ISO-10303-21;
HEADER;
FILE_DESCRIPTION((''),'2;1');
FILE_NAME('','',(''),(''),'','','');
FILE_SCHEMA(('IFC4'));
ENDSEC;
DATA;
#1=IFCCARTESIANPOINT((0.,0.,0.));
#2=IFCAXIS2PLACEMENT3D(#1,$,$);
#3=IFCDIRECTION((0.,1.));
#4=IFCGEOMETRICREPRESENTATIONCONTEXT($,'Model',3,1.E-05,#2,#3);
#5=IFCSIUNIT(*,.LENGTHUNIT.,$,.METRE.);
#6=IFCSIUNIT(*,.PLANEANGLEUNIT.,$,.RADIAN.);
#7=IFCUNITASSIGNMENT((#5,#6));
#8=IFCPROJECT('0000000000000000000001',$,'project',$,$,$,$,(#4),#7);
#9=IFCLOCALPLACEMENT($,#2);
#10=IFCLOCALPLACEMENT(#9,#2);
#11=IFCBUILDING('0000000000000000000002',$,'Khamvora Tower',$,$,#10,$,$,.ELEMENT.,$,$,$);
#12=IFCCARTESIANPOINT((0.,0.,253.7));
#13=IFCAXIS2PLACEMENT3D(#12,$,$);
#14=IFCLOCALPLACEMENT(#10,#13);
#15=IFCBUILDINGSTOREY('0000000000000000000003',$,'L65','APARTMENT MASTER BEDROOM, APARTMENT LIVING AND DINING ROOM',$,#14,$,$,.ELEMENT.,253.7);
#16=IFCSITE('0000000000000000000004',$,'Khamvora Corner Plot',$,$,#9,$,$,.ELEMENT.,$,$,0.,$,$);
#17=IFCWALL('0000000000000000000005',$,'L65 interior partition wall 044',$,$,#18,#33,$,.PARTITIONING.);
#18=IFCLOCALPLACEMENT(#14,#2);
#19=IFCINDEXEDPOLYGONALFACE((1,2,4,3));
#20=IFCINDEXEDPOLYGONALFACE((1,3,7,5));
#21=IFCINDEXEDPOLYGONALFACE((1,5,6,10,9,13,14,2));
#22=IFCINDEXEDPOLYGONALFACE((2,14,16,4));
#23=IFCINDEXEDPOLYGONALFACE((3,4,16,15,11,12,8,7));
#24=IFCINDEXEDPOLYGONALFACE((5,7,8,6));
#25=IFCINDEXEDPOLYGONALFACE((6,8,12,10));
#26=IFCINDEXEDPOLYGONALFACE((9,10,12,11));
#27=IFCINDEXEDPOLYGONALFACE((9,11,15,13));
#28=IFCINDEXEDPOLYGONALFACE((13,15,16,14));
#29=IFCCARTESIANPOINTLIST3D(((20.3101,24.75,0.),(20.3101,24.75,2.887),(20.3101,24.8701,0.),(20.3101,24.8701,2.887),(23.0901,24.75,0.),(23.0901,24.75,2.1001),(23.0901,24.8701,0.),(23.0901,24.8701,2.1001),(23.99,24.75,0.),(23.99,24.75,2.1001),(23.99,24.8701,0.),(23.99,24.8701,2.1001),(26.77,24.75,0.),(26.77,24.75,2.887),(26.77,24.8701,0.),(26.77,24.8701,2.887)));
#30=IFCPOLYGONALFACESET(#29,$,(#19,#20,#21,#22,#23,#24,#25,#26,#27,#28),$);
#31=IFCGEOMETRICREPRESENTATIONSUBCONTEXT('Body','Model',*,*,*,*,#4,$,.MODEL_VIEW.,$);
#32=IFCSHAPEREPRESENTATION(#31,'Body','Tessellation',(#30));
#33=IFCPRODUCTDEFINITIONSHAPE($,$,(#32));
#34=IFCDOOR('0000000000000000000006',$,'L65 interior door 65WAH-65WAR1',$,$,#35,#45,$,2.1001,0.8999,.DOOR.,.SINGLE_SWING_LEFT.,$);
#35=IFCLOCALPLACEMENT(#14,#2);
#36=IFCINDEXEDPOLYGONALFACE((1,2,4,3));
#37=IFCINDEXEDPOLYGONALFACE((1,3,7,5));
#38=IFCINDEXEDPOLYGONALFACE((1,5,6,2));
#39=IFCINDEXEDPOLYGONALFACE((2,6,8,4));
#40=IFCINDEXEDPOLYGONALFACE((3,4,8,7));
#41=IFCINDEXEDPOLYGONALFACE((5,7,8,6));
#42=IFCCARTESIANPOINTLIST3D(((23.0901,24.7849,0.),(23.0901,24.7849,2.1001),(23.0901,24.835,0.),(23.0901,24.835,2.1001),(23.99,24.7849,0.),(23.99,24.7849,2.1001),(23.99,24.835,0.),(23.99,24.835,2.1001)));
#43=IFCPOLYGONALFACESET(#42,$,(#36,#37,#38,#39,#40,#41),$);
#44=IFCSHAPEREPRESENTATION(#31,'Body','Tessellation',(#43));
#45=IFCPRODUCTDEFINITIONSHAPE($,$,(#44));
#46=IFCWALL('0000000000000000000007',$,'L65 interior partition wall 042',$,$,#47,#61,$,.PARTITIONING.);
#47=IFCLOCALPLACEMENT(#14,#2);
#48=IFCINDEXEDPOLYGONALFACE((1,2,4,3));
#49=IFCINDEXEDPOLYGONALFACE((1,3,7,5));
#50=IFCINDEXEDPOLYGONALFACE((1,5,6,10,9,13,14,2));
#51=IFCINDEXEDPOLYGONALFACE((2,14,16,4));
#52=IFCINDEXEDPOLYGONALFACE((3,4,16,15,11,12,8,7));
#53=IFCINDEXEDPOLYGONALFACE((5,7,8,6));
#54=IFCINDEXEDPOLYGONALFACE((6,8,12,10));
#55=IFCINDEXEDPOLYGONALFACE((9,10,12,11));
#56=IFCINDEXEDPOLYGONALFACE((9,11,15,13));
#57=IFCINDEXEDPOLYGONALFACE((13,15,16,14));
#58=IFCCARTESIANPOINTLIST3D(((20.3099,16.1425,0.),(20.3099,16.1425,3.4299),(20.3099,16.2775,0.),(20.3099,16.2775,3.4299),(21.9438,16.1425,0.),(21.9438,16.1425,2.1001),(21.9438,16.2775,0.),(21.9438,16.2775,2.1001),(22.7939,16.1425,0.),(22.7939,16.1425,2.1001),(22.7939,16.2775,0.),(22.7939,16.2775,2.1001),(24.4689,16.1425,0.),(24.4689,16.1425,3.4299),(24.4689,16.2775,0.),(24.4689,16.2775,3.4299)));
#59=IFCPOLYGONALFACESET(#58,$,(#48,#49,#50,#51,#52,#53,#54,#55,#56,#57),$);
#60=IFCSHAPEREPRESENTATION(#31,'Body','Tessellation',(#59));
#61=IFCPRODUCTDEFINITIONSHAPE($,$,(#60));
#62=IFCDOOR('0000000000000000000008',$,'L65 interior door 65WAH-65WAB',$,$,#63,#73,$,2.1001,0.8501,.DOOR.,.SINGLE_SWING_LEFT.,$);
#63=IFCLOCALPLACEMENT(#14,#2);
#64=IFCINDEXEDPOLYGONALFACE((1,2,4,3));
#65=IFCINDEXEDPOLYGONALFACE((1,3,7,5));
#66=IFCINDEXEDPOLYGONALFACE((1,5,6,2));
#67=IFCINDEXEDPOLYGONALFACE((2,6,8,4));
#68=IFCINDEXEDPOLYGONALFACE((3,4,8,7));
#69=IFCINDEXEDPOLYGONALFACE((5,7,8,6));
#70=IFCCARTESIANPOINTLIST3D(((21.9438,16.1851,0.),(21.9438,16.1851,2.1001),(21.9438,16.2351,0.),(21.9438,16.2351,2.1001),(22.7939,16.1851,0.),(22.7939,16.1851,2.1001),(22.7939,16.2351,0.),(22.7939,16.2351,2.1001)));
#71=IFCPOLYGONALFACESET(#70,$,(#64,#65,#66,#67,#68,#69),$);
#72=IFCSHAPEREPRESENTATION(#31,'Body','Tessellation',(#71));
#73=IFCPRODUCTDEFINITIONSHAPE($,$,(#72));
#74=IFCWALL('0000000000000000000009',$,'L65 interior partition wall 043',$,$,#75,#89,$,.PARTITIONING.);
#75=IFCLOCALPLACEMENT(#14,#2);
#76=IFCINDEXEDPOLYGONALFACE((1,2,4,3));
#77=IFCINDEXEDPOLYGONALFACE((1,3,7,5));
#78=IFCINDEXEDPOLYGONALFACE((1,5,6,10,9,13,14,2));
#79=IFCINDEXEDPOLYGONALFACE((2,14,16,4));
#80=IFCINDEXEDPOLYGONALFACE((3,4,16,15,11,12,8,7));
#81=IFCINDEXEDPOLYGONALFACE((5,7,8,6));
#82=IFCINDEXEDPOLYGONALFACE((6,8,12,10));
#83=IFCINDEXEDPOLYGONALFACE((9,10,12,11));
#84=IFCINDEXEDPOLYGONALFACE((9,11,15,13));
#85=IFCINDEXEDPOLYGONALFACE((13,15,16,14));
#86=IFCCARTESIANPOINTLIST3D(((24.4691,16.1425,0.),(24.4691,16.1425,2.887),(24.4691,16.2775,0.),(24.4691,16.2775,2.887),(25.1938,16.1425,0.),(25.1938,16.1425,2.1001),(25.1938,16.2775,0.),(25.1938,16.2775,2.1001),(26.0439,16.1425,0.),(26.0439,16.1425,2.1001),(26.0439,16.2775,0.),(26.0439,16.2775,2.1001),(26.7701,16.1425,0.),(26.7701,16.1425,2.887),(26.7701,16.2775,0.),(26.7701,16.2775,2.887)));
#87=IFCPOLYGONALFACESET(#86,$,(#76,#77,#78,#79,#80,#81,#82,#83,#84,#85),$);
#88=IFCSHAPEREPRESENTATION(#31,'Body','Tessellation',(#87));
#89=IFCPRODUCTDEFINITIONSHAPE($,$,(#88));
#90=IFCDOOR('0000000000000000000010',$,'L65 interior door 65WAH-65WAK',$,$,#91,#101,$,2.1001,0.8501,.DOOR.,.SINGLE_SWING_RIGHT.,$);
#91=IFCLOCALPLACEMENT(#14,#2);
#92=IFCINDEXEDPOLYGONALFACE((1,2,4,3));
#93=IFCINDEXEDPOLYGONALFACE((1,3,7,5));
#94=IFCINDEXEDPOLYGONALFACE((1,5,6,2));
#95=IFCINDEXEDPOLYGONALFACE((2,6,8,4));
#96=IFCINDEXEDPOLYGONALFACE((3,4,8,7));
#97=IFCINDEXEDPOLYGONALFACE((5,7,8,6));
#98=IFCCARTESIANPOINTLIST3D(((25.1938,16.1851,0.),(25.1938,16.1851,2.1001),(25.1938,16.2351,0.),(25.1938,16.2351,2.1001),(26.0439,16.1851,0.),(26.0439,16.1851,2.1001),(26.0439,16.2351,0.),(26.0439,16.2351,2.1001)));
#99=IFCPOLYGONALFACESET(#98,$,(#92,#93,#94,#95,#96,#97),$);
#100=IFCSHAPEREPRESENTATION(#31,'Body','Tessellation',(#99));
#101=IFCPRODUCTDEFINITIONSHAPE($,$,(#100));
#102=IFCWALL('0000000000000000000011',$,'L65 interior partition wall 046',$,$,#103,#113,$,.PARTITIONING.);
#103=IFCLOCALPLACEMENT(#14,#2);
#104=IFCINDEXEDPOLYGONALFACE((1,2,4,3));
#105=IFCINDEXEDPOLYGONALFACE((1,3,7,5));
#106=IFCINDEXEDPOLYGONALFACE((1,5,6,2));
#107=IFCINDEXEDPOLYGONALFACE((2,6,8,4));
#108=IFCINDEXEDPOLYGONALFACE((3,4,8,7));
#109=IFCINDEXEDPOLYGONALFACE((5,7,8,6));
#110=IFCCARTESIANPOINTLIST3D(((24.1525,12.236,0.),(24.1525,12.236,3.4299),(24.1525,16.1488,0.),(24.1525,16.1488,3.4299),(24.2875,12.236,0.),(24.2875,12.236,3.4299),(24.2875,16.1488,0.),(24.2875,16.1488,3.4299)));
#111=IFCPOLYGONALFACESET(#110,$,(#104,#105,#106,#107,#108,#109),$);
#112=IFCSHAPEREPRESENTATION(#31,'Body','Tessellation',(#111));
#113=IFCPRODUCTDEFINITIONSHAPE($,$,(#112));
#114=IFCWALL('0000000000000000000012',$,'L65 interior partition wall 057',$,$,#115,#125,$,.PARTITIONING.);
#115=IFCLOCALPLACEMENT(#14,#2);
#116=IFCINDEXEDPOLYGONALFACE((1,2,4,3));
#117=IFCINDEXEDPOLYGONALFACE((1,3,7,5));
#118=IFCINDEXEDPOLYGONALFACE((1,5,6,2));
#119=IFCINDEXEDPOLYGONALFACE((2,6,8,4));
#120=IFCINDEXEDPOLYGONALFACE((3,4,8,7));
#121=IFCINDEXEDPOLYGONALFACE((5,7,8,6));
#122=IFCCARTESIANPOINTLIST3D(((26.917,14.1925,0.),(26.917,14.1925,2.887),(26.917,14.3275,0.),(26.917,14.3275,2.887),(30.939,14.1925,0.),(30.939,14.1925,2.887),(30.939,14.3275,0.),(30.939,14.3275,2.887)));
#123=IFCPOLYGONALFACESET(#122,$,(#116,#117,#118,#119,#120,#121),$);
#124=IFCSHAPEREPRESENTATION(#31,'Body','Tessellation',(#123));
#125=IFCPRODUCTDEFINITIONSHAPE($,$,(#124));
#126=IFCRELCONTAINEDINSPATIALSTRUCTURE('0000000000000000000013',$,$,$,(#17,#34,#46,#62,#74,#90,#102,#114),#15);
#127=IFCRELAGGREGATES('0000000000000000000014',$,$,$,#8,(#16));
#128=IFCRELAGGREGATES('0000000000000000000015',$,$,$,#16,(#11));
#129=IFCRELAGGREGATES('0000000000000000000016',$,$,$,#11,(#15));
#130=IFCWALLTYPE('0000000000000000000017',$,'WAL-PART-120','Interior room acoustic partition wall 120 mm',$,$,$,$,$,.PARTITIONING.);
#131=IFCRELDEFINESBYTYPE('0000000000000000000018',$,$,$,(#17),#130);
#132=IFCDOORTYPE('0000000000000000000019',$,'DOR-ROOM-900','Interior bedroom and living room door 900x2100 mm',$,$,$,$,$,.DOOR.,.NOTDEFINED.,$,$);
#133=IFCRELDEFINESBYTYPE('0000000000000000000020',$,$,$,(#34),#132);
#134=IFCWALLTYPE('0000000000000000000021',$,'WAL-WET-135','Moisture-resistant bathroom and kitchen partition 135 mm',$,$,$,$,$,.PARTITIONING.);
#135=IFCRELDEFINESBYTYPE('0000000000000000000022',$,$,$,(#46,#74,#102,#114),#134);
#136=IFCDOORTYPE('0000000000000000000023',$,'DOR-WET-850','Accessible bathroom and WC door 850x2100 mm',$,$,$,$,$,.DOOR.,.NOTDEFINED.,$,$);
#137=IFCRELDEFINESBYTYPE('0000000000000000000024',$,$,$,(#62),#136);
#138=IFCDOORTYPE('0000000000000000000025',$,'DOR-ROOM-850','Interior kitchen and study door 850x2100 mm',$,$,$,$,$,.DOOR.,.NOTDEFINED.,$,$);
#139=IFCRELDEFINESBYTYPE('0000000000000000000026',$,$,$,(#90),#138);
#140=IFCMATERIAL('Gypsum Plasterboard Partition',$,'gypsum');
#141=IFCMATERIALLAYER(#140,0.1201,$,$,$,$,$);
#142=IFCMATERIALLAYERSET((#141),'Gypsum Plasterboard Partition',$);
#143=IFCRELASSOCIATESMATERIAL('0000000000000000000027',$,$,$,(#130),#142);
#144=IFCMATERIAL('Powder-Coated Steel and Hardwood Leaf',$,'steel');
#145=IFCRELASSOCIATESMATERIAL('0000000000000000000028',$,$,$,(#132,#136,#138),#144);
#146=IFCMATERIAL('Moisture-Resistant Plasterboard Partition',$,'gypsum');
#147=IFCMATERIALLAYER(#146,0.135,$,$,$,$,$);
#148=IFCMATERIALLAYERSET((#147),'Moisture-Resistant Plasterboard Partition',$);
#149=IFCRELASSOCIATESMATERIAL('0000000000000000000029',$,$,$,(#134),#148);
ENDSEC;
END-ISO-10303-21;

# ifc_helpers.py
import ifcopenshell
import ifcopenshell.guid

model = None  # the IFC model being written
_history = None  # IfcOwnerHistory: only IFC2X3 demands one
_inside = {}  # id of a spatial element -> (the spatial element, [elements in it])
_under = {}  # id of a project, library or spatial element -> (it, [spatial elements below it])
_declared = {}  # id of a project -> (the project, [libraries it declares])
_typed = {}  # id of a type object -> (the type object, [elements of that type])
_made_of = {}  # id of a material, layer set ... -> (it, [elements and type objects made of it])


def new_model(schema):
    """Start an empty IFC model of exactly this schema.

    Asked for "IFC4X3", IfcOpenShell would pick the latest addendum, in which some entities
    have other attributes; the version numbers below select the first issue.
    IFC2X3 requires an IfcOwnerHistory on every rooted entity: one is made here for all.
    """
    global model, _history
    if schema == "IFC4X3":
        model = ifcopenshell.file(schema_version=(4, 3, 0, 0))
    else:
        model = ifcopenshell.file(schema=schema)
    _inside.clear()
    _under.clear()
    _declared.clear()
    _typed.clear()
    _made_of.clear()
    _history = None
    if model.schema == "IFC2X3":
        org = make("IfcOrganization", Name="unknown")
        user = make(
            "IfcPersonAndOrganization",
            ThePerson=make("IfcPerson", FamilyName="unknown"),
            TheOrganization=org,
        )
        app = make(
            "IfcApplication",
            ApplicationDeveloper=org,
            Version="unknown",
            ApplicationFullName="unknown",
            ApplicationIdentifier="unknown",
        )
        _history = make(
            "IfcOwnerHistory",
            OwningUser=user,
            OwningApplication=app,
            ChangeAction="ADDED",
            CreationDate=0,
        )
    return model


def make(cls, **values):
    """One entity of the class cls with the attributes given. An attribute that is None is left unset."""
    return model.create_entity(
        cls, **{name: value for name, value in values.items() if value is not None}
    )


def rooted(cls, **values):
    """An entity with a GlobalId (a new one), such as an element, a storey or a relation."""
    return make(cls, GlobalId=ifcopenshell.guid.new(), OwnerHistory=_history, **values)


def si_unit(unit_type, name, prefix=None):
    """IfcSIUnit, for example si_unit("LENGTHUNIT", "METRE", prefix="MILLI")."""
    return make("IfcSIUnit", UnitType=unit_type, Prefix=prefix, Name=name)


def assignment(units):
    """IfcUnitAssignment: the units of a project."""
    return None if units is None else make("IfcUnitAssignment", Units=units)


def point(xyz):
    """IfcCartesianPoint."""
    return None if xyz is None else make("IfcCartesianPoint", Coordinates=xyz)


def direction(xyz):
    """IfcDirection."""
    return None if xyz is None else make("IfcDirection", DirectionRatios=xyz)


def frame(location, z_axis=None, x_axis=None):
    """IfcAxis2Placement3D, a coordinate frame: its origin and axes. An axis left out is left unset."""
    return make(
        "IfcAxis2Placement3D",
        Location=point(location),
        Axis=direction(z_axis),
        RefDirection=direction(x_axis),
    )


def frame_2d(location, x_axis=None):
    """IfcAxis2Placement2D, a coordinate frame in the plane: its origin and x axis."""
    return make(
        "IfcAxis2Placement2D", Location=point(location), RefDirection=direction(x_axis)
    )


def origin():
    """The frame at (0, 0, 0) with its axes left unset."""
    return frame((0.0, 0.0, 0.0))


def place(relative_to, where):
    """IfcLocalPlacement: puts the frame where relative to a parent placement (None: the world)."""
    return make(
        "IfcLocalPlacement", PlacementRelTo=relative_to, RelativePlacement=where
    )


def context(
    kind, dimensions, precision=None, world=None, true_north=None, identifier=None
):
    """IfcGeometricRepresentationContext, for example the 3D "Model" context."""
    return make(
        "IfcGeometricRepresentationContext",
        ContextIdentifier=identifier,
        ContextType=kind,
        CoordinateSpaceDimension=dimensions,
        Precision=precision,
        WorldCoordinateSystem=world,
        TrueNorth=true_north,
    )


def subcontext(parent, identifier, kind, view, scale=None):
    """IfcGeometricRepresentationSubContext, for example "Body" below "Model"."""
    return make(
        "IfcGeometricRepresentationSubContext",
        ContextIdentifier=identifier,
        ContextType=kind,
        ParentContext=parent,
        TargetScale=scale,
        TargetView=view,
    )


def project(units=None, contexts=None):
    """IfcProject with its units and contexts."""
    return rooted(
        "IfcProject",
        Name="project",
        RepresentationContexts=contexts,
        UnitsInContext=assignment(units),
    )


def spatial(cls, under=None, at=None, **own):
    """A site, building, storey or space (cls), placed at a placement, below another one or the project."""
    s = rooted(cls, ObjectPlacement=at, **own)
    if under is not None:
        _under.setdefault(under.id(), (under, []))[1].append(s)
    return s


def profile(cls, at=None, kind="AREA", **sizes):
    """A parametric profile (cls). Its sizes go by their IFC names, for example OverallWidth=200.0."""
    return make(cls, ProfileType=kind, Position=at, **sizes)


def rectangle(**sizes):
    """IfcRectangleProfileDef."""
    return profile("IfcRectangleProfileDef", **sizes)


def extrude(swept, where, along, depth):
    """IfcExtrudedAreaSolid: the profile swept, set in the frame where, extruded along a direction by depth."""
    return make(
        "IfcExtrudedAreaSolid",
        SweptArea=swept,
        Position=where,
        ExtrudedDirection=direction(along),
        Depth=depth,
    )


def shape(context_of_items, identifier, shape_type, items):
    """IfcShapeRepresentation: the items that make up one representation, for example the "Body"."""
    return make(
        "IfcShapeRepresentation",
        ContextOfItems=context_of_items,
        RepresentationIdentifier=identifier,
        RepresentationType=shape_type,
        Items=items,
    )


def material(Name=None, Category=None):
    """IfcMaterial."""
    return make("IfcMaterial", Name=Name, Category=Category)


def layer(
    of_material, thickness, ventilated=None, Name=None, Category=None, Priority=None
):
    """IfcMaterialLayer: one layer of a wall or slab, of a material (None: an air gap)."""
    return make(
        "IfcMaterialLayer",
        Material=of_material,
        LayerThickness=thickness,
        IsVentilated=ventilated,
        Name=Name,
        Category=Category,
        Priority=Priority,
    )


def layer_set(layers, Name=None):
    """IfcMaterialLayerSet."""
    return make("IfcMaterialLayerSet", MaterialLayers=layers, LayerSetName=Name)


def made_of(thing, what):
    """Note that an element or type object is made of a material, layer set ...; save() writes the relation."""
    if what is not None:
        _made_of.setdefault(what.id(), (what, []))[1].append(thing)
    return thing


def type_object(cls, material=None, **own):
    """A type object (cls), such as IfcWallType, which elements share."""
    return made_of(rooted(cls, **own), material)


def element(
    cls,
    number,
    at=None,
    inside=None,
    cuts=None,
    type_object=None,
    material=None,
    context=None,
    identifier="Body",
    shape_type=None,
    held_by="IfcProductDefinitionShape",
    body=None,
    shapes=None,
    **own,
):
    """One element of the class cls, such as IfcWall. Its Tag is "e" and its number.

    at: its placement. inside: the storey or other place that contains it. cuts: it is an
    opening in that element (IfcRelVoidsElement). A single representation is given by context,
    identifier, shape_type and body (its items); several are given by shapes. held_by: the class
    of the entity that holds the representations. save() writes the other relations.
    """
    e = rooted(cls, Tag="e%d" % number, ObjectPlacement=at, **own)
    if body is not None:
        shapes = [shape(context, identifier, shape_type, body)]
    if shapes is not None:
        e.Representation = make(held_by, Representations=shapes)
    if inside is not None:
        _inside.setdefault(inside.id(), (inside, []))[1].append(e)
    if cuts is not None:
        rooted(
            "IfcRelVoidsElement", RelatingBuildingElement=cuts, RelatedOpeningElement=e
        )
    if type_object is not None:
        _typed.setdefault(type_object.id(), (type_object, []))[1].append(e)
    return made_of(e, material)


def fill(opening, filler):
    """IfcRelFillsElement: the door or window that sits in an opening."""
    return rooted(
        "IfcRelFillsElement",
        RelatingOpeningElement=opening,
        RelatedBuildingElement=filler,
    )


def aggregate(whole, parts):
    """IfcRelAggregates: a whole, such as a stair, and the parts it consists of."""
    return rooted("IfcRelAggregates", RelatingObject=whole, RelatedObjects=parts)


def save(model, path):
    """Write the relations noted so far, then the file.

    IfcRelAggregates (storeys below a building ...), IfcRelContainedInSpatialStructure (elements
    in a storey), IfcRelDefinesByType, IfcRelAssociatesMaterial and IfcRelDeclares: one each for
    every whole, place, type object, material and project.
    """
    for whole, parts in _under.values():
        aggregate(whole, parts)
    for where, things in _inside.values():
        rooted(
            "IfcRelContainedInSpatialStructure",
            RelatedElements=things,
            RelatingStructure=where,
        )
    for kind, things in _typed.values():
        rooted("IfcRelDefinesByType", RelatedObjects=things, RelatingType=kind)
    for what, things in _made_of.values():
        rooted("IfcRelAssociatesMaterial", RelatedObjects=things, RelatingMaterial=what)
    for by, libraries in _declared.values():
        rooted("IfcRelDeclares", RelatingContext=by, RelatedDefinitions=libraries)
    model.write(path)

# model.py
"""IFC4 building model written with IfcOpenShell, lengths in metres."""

from ifc_helpers import new_model, si_unit, direction, frame, frame_2d, origin, place, context, subcontext, project, spatial, rectangle, extrude, material, layer, layer_set, type_object, element, fill, save


model = new_model("IFC4")

# Units and contexts
model_context = context("Model", 3, precision=1e-05, world=origin(), true_north=direction((0.0, 1.0)))
body_context = subcontext(model_context, "Body", "Model", "MODEL_VIEW")
ifc_project = project(units=[si_unit("LENGTHUNIT", "METRE"), si_unit("PLANEANGLEUNIT", "RADIAN")], contexts=[model_context])

# Site, building, storey
site_placement = place(None, origin())
site = spatial("IfcSite", under=ifc_project, at=site_placement, Name="Khamvora Corner Plot", CompositionType="ELEMENT", RefElevation=0.0)
building_placement = place(site_placement, origin())
building = spatial("IfcBuilding", under=site, at=building_placement, Name="Khamvora Tower", CompositionType="ELEMENT")
storey_placement = place(building_placement, frame((0.0, 0.0, 253.7)))
storey = spatial("IfcBuildingStorey", under=building, at=storey_placement, Name="L65", Description="APARTMENT MASTER BEDROOM, APARTMENT LIVING AND DINING ROOM", CompositionType="ELEMENT", Elevation=253.7)

# Shared definitions
ifc_material_1 = material(Name="Powder-Coated Steel and Hardwood Leaf", Category="steel")

# Walls, openings, doors
ifc_material_2 = material(Name="Gypsum Plasterboard Partition", Category="gypsum")
ifc_layer_1 = layer(ifc_material_2, 0.1201)
ifc_layer_set_1 = layer_set([ifc_layer_1], Name="Gypsum Plasterboard Partition")
wall_type_1 = type_object("IfcWallType", Name="WAL-PART-120", Description="Interior room acoustic partition wall 120 mm", PredefinedType="PARTITIONING", material=ifc_layer_set_1)
wall_1_placement = place(storey_placement, frame((20.3101, 24.8101, 0.0), z_axis=(0.0, 0.0, 1.0), x_axis=(1.0, 0.0, 0.0)))
wall_1 = element("IfcWall", 1, at=wall_1_placement, inside=storey, type_object=wall_type_1, Name="L65 interior partition wall 044", PredefinedType="PARTITIONING", context=body_context, shape_type="SweptSolid", body=[
    extrude(rectangle(XDim=6.46, YDim=0.1201, at=frame_2d((3.23, 0.0))), origin(), (0.0, 0.0, 1.0), 2.887),
])
opening_1_placement = place(wall_1_placement, frame((2.78, 0.0, 0.0)))
opening_1 = element("IfcOpeningElement", 2, at=opening_1_placement, cuts=wall_1, PredefinedType="OPENING", context=body_context, shape_type="SweptSolid", body=[
    extrude(rectangle(XDim=0.8999, YDim=2.1001, at=frame_2d((0.45, 1.05))), frame((0.0, 0.0701, 0.0), z_axis=(0.0, -1.0, 0.0), x_axis=(1.0, 0.0, 0.0)), (0.0, 0.0, 1.0), 0.1401),
])
door_type_1 = type_object("IfcDoorType", Name="DOR-ROOM-900", Description="Interior bedroom and living room door 900x2100 mm", OperationType="NOTDEFINED", PredefinedType="DOOR", material=ifc_material_1)
door_1_placement = place(opening_1_placement, origin())
door_1 = element("IfcDoor", 3, at=door_1_placement, inside=storey, type_object=door_type_1, Name="L65 interior door 65WAH-65WAR1", OperationType="SINGLE_SWING_LEFT", OverallHeight=2.1001, OverallWidth=0.8999, PredefinedType="DOOR", context=body_context, shape_type="SweptSolid", body=[
    extrude(rectangle(XDim=0.8999, YDim=2.1001, at=frame_2d((0.45, 1.05))), frame((0.0, 0.0249, 0.0), z_axis=(0.0, -1.0, 0.0), x_axis=(1.0, 0.0, 0.0)), (0.0, 0.0, 1.0), 0.05),
])
fill(opening_1, door_1)
ifc_material_3 = material(Name="Moisture-Resistant Plasterboard Partition", Category="gypsum")
ifc_layer_2 = layer(ifc_material_3, 0.135)
ifc_layer_set_2 = layer_set([ifc_layer_2], Name="Moisture-Resistant Plasterboard Partition")
wall_type_2 = type_object("IfcWallType", Name="WAL-WET-135", Description="Moisture-resistant bathroom and kitchen partition 135 mm", PredefinedType="PARTITIONING", material=ifc_layer_set_2)
wall_2_placement = place(storey_placement, frame((24.469, 16.21, 0.0), z_axis=(0.0, 0.0, 1.0), x_axis=(-1.0, 0.0, 0.0)))
wall_2 = element("IfcWall", 4, at=wall_2_placement, inside=storey, type_object=wall_type_2, Name="L65 interior partition wall 042", PredefinedType="PARTITIONING", context=body_context, shape_type="SweptSolid", body=[
    extrude(rectangle(XDim=4.1589, YDim=0.135, at=frame_2d((2.0796, 0.0))), origin(), (0.0, 0.0, 1.0), 3.4299),
])
opening_2_placement = place(wall_2_placement, frame((1.675, 0.0, 0.0)))
opening_2 = element("IfcOpeningElement", 5, at=opening_2_placement, cuts=wall_2, PredefinedType="OPENING", context=body_context, shape_type="SweptSolid", body=[
    extrude(rectangle(XDim=0.8501, YDim=2.1001, at=frame_2d((0.425, 1.05))), frame((0.0, 0.0774, 0.0), z_axis=(0.0, -1.0, 0.0), x_axis=(1.0, 0.0, 0.0)), (0.0, 0.0, 1.0), 0.155),
])
door_type_2 = type_object("IfcDoorType", Name="DOR-WET-850", Description="Accessible bathroom and WC door 850x2100 mm", OperationType="NOTDEFINED", PredefinedType="DOOR", material=ifc_material_1)
door_2_placement = place(opening_2_placement, origin())
door_2 = element("IfcDoor", 6, at=door_2_placement, inside=storey, type_object=door_type_2, Name="L65 interior door 65WAH-65WAB", OperationType="SINGLE_SWING_LEFT", OverallHeight=2.1001, OverallWidth=0.8501, PredefinedType="DOOR", context=body_context, shape_type="SweptSolid", body=[
    extrude(rectangle(XDim=0.8501, YDim=2.1001, at=frame_2d((0.425, 1.05))), frame((0.0, 0.0249, 0.0), z_axis=(0.0, -1.0, 0.0), x_axis=(1.0, 0.0, 0.0)), (0.0, 0.0, 1.0), 0.05),
])
fill(opening_2, door_2)
wall_3_placement = place(storey_placement, frame((26.77, 16.21, 0.0), z_axis=(0.0, 0.0, 1.0), x_axis=(-1.0, 0.0, 0.0)))
wall_3 = element("IfcWall", 7, at=wall_3_placement, inside=storey, type_object=wall_type_2, Name="L65 interior partition wall 043", PredefinedType="PARTITIONING", context=body_context, shape_type="SweptSolid", body=[
    extrude(rectangle(XDim=2.301, YDim=0.135, at=frame_2d((1.1504, 0.0))), origin(), (0.0, 0.0, 1.0), 2.887),
])
opening_3_placement = place(wall_3_placement, frame((0.7261, 0.0, 0.0)))
opening_3 = element("IfcOpeningElement", 8, at=opening_3_placement, cuts=wall_3, PredefinedType="OPENING", context=body_context, shape_type="SweptSolid", body=[
    extrude(rectangle(XDim=0.8501, YDim=2.1001, at=frame_2d((0.425, 1.05))), frame((0.0, 0.0774, 0.0), z_axis=(0.0, -1.0, 0.0), x_axis=(1.0, 0.0, 0.0)), (0.0, 0.0, 1.0), 0.155),
])
door_type_3 = type_object("IfcDoorType", Name="DOR-ROOM-850", Description="Interior kitchen and study door 850x2100 mm", OperationType="NOTDEFINED", PredefinedType="DOOR", material=ifc_material_1)
door_3_placement = place(opening_3_placement, origin())
door_3 = element("IfcDoor", 9, at=door_3_placement, inside=storey, type_object=door_type_3, Name="L65 interior door 65WAH-65WAK", OperationType="SINGLE_SWING_RIGHT", OverallHeight=2.1001, OverallWidth=0.8501, PredefinedType="DOOR", context=body_context, shape_type="SweptSolid", body=[
    extrude(rectangle(XDim=0.8501, YDim=2.1001, at=frame_2d((0.425, 1.05))), frame((0.0, 0.0249, 0.0), z_axis=(0.0, -1.0, 0.0), x_axis=(1.0, 0.0, 0.0)), (0.0, 0.0, 1.0), 0.05),
])
fill(opening_3, door_3)

# Walls
wall_4_placement = place(storey_placement, frame((24.22, 16.1489, 0.0), z_axis=(0.0, 0.0, 1.0), x_axis=(0.0, -1.0, 0.0)))
element("IfcWall", 10, at=wall_4_placement, inside=storey, type_object=wall_type_2, Name="L65 interior partition wall 046", PredefinedType="PARTITIONING", context=body_context, shape_type="SweptSolid", body=[
    extrude(rectangle(XDim=3.9128, YDim=0.135, at=frame_2d((1.9565, 0.0))), origin(), (0.0, 0.0, 1.0), 3.4299),
])
wall_5_placement = place(storey_placement, frame((26.917, 14.26, 0.0), z_axis=(0.0, 0.0, 1.0), x_axis=(1.0, 0.0, 0.0)))
element("IfcWall", 11, at=wall_5_placement, inside=storey, type_object=wall_type_2, Name="L65 interior partition wall 057", PredefinedType="PARTITIONING", context=body_context, shape_type="SweptSolid", body=[
    extrude(rectangle(XDim=4.022, YDim=0.135, at=frame_2d((2.011, 0.0))), origin(), (0.0, 0.0, 1.0), 2.887),
])

save(model, "model.ifc")
